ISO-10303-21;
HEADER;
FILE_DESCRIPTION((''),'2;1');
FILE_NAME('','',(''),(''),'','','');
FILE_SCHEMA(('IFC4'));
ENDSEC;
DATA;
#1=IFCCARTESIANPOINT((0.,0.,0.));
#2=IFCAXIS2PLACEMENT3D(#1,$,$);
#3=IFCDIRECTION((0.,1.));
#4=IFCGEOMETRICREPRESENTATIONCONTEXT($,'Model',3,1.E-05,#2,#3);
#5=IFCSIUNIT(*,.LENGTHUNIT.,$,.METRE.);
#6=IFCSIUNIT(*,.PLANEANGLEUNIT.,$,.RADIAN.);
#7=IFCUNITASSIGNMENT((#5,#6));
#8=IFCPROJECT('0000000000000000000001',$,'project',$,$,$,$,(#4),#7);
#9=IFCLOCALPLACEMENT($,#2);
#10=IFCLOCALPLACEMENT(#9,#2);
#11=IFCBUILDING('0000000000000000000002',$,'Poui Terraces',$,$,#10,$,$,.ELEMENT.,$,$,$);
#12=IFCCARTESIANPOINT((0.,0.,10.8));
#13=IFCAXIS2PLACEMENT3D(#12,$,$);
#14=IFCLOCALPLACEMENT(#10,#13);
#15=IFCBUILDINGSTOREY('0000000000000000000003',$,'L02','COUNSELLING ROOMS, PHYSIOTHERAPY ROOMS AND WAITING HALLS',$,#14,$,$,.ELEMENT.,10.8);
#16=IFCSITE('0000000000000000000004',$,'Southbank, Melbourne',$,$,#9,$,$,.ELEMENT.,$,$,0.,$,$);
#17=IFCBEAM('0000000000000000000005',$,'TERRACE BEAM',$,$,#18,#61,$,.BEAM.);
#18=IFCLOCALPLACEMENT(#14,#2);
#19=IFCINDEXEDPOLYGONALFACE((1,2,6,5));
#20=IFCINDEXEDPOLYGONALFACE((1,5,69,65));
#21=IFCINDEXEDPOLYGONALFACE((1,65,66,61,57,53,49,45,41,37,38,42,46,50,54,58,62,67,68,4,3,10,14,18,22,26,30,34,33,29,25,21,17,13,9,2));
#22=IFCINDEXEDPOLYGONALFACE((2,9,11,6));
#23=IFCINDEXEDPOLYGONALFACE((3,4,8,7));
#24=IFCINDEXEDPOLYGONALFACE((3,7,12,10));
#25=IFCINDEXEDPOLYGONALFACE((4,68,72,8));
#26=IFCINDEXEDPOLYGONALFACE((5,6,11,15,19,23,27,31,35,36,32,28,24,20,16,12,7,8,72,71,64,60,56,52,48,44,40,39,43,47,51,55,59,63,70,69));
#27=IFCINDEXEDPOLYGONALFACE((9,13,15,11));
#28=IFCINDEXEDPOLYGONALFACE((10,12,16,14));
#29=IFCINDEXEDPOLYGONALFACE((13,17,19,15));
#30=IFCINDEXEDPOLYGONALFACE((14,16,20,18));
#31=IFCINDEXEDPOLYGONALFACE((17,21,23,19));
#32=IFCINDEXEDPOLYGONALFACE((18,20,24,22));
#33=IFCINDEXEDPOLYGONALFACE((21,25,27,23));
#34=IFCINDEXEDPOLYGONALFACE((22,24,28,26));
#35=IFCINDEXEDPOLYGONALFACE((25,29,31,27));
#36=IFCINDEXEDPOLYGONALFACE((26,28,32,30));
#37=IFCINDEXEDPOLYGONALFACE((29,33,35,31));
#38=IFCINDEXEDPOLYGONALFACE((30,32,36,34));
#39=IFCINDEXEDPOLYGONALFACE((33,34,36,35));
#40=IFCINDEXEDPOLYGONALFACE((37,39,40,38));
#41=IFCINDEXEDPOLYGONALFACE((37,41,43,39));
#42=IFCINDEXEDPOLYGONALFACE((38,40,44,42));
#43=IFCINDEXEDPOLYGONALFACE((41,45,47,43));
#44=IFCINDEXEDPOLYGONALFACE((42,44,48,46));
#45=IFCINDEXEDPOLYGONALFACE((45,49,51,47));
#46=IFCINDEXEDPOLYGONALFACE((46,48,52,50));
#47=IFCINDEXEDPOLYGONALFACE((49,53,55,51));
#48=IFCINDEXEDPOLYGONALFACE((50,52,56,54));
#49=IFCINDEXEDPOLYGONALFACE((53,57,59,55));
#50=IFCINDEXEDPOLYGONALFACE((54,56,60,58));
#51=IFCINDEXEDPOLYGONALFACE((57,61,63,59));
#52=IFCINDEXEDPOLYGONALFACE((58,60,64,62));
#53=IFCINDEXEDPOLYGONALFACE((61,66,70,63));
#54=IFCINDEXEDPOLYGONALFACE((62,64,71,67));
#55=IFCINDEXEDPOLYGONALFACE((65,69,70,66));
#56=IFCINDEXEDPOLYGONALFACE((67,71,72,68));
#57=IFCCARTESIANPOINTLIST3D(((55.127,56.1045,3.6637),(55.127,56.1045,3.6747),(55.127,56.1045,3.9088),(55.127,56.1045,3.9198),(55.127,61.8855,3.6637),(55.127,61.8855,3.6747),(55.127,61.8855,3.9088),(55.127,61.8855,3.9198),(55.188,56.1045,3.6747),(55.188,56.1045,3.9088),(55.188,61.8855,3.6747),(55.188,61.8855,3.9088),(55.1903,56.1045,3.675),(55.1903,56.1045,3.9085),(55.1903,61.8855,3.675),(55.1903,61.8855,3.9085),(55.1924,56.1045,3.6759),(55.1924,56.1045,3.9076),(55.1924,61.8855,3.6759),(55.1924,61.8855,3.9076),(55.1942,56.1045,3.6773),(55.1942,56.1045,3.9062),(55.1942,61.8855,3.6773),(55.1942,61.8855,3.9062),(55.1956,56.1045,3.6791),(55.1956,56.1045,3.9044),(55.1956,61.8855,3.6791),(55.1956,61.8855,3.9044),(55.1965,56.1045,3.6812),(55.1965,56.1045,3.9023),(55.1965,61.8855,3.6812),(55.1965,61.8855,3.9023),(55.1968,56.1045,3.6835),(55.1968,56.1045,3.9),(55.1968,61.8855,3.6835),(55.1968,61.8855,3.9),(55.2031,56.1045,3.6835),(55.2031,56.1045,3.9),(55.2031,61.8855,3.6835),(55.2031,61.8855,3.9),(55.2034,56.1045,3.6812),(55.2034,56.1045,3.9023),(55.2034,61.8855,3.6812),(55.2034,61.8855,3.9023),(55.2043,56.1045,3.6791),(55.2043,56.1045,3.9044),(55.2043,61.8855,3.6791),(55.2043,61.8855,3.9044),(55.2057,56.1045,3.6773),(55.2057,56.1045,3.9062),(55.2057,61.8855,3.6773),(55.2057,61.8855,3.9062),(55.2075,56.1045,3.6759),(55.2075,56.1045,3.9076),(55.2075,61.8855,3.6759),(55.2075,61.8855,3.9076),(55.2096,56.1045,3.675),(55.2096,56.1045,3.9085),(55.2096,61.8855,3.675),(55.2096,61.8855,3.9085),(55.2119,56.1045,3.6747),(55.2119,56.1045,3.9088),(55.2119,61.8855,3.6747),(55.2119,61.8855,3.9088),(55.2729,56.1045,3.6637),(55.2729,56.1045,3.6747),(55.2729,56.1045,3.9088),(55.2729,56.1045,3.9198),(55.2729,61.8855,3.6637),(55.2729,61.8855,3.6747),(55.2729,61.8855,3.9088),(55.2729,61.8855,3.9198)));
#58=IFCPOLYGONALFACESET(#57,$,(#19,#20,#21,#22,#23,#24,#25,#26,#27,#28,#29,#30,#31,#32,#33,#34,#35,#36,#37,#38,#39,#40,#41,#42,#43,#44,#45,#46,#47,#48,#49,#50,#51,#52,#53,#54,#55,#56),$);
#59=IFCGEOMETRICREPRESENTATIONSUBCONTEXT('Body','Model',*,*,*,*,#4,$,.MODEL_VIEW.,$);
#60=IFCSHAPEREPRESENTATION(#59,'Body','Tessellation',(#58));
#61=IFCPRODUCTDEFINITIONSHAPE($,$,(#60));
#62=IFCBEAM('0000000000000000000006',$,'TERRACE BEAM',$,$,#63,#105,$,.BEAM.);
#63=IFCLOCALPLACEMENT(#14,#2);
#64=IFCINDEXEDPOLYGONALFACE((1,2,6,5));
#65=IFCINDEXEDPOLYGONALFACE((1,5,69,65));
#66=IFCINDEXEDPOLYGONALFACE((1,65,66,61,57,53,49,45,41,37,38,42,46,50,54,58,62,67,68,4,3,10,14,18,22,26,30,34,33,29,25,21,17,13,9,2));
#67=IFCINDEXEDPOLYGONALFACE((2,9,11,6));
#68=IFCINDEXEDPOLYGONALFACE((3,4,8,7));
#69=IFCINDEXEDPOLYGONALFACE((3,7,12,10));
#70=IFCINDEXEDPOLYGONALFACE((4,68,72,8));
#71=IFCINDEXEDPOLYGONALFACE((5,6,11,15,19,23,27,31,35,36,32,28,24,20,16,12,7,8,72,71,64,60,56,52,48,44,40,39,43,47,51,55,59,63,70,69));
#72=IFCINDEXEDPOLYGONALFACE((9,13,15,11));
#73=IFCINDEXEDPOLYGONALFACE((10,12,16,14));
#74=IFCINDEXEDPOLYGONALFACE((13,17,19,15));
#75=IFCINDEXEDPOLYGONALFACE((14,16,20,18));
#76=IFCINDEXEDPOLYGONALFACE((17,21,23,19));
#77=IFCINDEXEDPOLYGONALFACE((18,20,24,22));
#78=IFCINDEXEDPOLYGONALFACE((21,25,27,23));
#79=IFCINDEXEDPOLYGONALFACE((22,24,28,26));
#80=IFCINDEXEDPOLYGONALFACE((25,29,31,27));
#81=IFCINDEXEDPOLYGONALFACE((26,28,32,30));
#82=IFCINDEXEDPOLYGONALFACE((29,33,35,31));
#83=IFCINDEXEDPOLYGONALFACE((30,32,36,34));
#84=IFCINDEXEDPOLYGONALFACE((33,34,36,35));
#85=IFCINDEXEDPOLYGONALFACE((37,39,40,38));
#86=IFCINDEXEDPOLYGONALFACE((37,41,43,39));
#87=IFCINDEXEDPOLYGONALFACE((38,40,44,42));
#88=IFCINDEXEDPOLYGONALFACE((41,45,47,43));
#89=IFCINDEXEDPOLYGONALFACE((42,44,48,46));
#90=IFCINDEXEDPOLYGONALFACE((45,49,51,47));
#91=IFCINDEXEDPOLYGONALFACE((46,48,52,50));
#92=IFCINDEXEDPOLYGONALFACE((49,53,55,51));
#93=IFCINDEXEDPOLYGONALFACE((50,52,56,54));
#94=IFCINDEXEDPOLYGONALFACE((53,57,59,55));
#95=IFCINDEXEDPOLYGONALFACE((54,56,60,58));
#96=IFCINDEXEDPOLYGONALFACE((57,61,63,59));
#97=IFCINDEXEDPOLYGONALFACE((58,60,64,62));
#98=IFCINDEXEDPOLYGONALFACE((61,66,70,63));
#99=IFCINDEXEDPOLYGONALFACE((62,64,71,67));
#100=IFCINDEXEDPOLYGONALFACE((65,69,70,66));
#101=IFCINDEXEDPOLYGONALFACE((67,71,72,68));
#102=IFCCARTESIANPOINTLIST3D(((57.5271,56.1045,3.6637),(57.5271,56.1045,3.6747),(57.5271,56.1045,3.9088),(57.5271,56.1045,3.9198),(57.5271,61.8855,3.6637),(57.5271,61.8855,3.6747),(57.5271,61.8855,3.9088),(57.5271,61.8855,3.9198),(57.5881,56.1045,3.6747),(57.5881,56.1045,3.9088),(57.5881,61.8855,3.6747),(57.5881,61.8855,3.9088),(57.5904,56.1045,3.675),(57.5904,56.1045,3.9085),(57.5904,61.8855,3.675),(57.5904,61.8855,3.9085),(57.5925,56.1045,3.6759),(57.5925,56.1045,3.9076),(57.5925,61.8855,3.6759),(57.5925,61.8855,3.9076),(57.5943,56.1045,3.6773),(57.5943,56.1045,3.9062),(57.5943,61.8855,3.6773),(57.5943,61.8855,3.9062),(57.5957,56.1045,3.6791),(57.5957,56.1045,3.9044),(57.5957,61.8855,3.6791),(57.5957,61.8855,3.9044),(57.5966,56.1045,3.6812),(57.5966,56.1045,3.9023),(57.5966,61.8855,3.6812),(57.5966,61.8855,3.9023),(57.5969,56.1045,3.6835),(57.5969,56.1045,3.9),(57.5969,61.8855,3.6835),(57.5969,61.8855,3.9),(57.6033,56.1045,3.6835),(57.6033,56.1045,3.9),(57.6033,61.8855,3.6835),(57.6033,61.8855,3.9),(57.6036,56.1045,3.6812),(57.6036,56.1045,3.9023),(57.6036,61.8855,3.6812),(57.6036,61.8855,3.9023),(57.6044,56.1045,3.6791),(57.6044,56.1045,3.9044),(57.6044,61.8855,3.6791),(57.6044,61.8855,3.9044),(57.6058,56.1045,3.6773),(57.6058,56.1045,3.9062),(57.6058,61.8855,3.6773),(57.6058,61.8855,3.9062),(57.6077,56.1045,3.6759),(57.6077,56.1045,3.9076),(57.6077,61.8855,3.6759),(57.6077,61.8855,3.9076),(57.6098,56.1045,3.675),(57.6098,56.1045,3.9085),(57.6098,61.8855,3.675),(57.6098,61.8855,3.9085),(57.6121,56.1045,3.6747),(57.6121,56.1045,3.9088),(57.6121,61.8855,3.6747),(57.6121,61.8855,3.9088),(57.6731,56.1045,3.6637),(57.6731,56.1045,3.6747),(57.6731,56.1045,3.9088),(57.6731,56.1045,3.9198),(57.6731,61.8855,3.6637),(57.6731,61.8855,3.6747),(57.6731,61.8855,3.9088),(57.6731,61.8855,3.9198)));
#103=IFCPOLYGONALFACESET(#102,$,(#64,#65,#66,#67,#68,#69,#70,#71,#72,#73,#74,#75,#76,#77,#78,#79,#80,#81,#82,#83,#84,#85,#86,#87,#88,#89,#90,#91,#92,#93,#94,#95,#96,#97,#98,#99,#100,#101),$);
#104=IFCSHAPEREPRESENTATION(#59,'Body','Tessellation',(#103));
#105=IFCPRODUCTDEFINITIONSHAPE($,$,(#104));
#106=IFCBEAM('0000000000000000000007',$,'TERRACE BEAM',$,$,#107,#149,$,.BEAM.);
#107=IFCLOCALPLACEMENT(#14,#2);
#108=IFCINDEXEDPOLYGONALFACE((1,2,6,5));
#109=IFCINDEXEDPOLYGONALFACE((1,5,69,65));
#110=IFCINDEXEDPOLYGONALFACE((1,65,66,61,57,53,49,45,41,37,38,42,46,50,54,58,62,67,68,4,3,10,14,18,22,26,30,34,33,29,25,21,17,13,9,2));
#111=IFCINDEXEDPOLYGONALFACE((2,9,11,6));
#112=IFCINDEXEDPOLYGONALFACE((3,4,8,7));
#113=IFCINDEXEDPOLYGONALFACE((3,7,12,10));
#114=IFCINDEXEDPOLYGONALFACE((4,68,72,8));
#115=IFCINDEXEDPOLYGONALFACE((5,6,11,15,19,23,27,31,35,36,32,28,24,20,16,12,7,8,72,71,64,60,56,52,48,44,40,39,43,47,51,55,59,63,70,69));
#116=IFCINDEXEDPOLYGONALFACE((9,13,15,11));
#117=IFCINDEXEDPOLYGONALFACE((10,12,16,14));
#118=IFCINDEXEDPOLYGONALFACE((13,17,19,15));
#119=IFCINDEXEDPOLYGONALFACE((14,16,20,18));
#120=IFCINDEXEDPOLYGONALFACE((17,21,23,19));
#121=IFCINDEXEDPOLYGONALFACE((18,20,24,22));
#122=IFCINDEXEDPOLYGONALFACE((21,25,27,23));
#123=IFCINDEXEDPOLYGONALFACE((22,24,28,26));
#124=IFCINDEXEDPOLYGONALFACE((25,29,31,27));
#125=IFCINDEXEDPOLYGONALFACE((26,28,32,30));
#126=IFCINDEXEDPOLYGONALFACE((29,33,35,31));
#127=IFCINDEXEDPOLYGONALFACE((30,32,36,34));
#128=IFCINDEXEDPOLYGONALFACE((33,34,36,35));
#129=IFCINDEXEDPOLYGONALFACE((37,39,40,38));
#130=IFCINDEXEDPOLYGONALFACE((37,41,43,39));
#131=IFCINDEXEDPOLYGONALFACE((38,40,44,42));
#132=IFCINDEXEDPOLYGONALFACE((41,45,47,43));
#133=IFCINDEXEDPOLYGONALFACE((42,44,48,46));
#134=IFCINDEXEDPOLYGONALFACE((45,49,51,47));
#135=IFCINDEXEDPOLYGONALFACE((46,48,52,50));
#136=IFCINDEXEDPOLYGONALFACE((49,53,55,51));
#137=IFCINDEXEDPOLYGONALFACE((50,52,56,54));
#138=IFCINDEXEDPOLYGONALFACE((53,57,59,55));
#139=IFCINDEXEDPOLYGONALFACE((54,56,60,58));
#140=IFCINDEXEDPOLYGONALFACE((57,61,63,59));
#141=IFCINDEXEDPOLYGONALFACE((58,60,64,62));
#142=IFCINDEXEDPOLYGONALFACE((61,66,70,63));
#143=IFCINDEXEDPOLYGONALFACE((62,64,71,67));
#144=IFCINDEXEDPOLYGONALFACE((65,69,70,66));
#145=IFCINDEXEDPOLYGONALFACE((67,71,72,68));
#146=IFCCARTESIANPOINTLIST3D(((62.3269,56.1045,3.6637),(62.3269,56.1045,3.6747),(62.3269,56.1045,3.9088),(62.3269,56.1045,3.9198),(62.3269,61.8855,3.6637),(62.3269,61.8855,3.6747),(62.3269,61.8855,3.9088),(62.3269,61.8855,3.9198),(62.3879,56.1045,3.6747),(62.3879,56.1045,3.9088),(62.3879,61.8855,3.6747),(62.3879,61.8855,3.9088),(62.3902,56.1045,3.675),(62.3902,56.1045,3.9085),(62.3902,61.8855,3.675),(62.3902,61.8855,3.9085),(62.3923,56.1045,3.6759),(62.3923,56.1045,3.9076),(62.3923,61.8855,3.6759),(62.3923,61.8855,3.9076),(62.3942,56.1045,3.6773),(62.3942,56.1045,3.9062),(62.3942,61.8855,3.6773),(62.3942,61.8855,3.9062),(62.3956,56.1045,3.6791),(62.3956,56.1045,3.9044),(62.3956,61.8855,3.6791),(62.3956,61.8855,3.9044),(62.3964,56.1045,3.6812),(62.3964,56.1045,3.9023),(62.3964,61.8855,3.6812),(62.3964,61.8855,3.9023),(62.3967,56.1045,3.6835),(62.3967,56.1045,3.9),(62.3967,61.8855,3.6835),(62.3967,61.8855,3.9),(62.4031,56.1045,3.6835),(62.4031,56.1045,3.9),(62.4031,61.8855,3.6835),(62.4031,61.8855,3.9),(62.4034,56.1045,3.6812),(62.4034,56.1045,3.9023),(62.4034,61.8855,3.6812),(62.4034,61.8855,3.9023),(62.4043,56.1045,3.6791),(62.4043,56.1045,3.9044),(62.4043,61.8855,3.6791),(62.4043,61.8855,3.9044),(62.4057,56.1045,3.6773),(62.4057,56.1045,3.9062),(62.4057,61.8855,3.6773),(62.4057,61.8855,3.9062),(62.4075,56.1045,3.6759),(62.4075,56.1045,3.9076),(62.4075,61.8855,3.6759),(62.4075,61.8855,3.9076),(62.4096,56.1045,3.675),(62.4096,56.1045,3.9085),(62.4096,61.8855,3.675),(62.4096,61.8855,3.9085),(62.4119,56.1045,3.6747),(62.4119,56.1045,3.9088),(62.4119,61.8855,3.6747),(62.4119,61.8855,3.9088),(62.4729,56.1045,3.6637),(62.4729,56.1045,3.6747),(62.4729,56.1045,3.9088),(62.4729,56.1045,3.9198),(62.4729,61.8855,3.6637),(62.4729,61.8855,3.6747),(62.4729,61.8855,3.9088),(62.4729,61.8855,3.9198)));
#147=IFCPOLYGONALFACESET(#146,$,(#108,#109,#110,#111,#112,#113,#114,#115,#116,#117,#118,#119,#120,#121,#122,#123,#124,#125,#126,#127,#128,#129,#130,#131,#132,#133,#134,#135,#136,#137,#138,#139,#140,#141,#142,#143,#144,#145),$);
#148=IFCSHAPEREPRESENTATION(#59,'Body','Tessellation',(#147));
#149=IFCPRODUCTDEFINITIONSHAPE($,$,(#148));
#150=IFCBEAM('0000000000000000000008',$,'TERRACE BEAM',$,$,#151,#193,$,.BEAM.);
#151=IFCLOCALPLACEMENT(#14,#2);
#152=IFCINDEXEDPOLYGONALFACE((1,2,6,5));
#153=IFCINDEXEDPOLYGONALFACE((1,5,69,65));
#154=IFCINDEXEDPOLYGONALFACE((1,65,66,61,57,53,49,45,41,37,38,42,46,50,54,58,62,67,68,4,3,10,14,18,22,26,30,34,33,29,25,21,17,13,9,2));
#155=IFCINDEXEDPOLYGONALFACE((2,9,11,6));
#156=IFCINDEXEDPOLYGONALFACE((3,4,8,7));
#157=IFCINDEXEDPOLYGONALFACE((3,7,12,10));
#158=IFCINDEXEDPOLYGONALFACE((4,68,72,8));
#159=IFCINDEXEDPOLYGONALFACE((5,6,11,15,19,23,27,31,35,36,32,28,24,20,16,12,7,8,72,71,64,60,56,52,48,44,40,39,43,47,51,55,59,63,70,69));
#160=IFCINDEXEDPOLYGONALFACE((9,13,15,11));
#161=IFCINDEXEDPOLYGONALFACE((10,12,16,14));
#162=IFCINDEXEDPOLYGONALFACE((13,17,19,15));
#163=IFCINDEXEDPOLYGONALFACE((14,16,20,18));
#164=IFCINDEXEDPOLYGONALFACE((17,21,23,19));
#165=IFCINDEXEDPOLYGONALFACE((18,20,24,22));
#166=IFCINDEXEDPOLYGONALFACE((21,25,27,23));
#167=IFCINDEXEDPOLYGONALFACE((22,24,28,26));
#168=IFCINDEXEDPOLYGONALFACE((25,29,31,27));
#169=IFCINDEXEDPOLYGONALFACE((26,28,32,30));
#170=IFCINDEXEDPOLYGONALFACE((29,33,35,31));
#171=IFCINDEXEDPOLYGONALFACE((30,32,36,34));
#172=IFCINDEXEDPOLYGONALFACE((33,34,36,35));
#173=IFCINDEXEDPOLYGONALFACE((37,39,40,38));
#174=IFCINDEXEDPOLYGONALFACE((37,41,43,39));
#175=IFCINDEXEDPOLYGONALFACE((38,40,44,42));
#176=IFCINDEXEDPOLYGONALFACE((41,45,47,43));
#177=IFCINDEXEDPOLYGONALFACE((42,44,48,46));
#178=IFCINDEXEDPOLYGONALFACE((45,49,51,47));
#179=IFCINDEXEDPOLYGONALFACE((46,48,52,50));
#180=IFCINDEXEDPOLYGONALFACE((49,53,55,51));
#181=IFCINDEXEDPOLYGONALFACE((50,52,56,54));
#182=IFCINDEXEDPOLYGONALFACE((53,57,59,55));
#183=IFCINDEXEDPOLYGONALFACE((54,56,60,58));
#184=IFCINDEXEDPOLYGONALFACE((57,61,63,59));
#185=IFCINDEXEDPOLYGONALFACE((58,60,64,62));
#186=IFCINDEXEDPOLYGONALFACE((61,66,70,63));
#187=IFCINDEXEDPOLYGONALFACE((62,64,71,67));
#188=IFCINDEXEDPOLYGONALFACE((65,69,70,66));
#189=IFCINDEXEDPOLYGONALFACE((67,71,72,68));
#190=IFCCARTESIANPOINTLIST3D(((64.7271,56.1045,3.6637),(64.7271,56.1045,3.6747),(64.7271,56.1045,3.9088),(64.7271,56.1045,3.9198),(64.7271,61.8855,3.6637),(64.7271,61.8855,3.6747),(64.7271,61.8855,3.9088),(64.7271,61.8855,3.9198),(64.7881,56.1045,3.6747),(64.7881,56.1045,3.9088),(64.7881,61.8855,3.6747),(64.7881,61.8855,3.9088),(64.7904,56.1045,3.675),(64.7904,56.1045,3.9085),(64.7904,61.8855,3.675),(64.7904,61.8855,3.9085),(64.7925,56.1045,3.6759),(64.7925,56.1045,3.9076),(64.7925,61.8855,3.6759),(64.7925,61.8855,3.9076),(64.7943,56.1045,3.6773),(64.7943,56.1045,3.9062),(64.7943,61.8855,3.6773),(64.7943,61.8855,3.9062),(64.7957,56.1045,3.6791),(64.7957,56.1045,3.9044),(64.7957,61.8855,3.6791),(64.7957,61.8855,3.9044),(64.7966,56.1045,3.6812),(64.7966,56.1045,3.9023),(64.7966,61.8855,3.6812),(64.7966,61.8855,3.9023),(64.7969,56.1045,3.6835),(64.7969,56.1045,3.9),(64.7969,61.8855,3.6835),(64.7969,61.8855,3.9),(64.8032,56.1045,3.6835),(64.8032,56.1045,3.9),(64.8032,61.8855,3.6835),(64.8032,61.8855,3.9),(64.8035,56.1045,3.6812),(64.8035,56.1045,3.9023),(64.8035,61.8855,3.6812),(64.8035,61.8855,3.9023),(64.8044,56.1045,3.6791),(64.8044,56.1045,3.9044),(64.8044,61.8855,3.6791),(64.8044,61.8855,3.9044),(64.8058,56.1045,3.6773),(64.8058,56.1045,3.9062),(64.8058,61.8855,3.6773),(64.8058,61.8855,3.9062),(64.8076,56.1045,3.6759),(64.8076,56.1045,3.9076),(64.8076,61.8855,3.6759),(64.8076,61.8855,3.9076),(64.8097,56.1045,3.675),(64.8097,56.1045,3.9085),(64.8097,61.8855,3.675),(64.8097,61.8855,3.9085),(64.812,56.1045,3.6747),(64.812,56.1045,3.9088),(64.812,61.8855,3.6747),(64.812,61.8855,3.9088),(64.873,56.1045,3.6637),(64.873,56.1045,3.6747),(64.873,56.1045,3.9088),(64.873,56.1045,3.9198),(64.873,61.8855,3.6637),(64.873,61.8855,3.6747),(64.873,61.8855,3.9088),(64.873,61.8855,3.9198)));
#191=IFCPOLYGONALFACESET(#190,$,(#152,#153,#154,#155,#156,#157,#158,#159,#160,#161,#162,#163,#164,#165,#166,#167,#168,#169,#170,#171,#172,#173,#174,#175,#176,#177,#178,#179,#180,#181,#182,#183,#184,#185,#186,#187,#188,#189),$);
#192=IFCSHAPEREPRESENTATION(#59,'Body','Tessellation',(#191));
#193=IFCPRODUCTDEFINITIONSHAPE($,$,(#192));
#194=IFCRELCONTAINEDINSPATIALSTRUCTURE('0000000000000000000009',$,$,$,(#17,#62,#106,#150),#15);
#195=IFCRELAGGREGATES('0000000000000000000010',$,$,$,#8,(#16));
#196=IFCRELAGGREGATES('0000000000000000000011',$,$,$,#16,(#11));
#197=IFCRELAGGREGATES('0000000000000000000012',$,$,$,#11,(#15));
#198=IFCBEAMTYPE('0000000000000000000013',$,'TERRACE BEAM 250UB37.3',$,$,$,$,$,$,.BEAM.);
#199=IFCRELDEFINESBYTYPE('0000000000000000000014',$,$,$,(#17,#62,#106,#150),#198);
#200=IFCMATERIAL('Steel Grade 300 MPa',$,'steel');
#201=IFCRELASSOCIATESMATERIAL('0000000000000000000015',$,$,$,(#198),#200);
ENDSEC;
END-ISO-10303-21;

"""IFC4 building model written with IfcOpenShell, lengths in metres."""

from ifc_helpers import new_model, si_unit, direction, frame, origin, origin_2d, place, context, subcontext, project, spatial, i_section, extrude, source, transform, mapped, material, material_profile, profile_set, type_object, element, save


model = new_model("IFC4")

# Units and contexts
model_context = context("Model", 3, precision=1e-05, world=origin(), true_north=direction((0.0, 1.0)))
body_context = subcontext(model_context, "Body", "Model", "MODEL_VIEW")
ifc_project = project(units=[si_unit("LENGTHUNIT", "METRE"), si_unit("PLANEANGLEUNIT", "RADIAN")], contexts=[model_context])

# Site, building, storey
site_placement = place(None, origin())
site = spatial("IfcSite", under=ifc_project, at=site_placement, Name="Southbank, Melbourne", CompositionType="ELEMENT", RefElevation=0.0)
building_placement = place(site_placement, origin())
building = spatial("IfcBuilding", under=site, at=building_placement, Name="Poui Terraces", CompositionType="ELEMENT")
storey_placement = place(building_placement, frame((0.0, 0.0, 10.8)))
storey = spatial("IfcBuildingStorey", under=building, at=storey_placement, Name="L02", Description="COUNSELLING ROOMS, PHYSIOTHERAPY ROOMS AND WAITING HALLS", CompositionType="ELEMENT", Elevation=10.8)

# Beams
ifc_material_1 = material(Name="Steel Grade 300 MPa", Category="steel")
ifc_material_profile_1 = material_profile(ifc_material_1, i_section(OverallWidth=0.146, OverallDepth=0.2561, WebThickness=0.0063, FlangeThickness=0.011, FilletRadius=0.0088, at=origin_2d()), Name="250UB37.3")
ifc_profile_set_1 = profile_set([ifc_material_profile_1], Name="Steel Grade 300 MPa")
beam_type_1 = type_object("IfcBeamType", Name="TERRACE BEAM 250UB37.3", PredefinedType="BEAM", material=ifc_profile_set_1)
shared_shape_1 = source(origin(), body_context, "Body", "SweptSolid", [
    extrude(i_section(OverallWidth=0.146, OverallDepth=0.2561, WebThickness=0.0063, FlangeThickness=0.011, FilletRadius=0.0088, at=origin_2d()), origin(), (0.0, 0.0, 1.0), 5.781),
])
for number, where, z_axis, x_axis, name in (
    (1, (55.2, 56.1045, 3.7917), (0.0, 1.0, 0.0), (-1.0, 0.0, 0.0), "TERRACE BEAM"),
    (2, (57.6001, 56.1045, 3.7917), (0.0, 1.0, 0.0), (-1.0, 0.0, 0.0), "TERRACE BEAM"),
    (3, (62.3999, 56.1045, 3.7917), (0.0, 1.0, 0.0), (-1.0, 0.0, 0.0), "TERRACE BEAM"),
    (4, (64.8, 56.1045, 3.7917), (0.0, 1.0, 0.0), (-1.0, 0.0, 0.0), "TERRACE BEAM"),
):
    element("IfcBeam", number, at=place(storey_placement, frame(where, z_axis=z_axis, x_axis=x_axis)), inside=storey, type_object=beam_type_1, Name=name, PredefinedType="BEAM", context=body_context, shape_type="MappedRepresentation", body=[
        mapped(shared_shape_1, transform((0.0, 0.0, 0.0))),
    ])

save(model, "model.ifc")
